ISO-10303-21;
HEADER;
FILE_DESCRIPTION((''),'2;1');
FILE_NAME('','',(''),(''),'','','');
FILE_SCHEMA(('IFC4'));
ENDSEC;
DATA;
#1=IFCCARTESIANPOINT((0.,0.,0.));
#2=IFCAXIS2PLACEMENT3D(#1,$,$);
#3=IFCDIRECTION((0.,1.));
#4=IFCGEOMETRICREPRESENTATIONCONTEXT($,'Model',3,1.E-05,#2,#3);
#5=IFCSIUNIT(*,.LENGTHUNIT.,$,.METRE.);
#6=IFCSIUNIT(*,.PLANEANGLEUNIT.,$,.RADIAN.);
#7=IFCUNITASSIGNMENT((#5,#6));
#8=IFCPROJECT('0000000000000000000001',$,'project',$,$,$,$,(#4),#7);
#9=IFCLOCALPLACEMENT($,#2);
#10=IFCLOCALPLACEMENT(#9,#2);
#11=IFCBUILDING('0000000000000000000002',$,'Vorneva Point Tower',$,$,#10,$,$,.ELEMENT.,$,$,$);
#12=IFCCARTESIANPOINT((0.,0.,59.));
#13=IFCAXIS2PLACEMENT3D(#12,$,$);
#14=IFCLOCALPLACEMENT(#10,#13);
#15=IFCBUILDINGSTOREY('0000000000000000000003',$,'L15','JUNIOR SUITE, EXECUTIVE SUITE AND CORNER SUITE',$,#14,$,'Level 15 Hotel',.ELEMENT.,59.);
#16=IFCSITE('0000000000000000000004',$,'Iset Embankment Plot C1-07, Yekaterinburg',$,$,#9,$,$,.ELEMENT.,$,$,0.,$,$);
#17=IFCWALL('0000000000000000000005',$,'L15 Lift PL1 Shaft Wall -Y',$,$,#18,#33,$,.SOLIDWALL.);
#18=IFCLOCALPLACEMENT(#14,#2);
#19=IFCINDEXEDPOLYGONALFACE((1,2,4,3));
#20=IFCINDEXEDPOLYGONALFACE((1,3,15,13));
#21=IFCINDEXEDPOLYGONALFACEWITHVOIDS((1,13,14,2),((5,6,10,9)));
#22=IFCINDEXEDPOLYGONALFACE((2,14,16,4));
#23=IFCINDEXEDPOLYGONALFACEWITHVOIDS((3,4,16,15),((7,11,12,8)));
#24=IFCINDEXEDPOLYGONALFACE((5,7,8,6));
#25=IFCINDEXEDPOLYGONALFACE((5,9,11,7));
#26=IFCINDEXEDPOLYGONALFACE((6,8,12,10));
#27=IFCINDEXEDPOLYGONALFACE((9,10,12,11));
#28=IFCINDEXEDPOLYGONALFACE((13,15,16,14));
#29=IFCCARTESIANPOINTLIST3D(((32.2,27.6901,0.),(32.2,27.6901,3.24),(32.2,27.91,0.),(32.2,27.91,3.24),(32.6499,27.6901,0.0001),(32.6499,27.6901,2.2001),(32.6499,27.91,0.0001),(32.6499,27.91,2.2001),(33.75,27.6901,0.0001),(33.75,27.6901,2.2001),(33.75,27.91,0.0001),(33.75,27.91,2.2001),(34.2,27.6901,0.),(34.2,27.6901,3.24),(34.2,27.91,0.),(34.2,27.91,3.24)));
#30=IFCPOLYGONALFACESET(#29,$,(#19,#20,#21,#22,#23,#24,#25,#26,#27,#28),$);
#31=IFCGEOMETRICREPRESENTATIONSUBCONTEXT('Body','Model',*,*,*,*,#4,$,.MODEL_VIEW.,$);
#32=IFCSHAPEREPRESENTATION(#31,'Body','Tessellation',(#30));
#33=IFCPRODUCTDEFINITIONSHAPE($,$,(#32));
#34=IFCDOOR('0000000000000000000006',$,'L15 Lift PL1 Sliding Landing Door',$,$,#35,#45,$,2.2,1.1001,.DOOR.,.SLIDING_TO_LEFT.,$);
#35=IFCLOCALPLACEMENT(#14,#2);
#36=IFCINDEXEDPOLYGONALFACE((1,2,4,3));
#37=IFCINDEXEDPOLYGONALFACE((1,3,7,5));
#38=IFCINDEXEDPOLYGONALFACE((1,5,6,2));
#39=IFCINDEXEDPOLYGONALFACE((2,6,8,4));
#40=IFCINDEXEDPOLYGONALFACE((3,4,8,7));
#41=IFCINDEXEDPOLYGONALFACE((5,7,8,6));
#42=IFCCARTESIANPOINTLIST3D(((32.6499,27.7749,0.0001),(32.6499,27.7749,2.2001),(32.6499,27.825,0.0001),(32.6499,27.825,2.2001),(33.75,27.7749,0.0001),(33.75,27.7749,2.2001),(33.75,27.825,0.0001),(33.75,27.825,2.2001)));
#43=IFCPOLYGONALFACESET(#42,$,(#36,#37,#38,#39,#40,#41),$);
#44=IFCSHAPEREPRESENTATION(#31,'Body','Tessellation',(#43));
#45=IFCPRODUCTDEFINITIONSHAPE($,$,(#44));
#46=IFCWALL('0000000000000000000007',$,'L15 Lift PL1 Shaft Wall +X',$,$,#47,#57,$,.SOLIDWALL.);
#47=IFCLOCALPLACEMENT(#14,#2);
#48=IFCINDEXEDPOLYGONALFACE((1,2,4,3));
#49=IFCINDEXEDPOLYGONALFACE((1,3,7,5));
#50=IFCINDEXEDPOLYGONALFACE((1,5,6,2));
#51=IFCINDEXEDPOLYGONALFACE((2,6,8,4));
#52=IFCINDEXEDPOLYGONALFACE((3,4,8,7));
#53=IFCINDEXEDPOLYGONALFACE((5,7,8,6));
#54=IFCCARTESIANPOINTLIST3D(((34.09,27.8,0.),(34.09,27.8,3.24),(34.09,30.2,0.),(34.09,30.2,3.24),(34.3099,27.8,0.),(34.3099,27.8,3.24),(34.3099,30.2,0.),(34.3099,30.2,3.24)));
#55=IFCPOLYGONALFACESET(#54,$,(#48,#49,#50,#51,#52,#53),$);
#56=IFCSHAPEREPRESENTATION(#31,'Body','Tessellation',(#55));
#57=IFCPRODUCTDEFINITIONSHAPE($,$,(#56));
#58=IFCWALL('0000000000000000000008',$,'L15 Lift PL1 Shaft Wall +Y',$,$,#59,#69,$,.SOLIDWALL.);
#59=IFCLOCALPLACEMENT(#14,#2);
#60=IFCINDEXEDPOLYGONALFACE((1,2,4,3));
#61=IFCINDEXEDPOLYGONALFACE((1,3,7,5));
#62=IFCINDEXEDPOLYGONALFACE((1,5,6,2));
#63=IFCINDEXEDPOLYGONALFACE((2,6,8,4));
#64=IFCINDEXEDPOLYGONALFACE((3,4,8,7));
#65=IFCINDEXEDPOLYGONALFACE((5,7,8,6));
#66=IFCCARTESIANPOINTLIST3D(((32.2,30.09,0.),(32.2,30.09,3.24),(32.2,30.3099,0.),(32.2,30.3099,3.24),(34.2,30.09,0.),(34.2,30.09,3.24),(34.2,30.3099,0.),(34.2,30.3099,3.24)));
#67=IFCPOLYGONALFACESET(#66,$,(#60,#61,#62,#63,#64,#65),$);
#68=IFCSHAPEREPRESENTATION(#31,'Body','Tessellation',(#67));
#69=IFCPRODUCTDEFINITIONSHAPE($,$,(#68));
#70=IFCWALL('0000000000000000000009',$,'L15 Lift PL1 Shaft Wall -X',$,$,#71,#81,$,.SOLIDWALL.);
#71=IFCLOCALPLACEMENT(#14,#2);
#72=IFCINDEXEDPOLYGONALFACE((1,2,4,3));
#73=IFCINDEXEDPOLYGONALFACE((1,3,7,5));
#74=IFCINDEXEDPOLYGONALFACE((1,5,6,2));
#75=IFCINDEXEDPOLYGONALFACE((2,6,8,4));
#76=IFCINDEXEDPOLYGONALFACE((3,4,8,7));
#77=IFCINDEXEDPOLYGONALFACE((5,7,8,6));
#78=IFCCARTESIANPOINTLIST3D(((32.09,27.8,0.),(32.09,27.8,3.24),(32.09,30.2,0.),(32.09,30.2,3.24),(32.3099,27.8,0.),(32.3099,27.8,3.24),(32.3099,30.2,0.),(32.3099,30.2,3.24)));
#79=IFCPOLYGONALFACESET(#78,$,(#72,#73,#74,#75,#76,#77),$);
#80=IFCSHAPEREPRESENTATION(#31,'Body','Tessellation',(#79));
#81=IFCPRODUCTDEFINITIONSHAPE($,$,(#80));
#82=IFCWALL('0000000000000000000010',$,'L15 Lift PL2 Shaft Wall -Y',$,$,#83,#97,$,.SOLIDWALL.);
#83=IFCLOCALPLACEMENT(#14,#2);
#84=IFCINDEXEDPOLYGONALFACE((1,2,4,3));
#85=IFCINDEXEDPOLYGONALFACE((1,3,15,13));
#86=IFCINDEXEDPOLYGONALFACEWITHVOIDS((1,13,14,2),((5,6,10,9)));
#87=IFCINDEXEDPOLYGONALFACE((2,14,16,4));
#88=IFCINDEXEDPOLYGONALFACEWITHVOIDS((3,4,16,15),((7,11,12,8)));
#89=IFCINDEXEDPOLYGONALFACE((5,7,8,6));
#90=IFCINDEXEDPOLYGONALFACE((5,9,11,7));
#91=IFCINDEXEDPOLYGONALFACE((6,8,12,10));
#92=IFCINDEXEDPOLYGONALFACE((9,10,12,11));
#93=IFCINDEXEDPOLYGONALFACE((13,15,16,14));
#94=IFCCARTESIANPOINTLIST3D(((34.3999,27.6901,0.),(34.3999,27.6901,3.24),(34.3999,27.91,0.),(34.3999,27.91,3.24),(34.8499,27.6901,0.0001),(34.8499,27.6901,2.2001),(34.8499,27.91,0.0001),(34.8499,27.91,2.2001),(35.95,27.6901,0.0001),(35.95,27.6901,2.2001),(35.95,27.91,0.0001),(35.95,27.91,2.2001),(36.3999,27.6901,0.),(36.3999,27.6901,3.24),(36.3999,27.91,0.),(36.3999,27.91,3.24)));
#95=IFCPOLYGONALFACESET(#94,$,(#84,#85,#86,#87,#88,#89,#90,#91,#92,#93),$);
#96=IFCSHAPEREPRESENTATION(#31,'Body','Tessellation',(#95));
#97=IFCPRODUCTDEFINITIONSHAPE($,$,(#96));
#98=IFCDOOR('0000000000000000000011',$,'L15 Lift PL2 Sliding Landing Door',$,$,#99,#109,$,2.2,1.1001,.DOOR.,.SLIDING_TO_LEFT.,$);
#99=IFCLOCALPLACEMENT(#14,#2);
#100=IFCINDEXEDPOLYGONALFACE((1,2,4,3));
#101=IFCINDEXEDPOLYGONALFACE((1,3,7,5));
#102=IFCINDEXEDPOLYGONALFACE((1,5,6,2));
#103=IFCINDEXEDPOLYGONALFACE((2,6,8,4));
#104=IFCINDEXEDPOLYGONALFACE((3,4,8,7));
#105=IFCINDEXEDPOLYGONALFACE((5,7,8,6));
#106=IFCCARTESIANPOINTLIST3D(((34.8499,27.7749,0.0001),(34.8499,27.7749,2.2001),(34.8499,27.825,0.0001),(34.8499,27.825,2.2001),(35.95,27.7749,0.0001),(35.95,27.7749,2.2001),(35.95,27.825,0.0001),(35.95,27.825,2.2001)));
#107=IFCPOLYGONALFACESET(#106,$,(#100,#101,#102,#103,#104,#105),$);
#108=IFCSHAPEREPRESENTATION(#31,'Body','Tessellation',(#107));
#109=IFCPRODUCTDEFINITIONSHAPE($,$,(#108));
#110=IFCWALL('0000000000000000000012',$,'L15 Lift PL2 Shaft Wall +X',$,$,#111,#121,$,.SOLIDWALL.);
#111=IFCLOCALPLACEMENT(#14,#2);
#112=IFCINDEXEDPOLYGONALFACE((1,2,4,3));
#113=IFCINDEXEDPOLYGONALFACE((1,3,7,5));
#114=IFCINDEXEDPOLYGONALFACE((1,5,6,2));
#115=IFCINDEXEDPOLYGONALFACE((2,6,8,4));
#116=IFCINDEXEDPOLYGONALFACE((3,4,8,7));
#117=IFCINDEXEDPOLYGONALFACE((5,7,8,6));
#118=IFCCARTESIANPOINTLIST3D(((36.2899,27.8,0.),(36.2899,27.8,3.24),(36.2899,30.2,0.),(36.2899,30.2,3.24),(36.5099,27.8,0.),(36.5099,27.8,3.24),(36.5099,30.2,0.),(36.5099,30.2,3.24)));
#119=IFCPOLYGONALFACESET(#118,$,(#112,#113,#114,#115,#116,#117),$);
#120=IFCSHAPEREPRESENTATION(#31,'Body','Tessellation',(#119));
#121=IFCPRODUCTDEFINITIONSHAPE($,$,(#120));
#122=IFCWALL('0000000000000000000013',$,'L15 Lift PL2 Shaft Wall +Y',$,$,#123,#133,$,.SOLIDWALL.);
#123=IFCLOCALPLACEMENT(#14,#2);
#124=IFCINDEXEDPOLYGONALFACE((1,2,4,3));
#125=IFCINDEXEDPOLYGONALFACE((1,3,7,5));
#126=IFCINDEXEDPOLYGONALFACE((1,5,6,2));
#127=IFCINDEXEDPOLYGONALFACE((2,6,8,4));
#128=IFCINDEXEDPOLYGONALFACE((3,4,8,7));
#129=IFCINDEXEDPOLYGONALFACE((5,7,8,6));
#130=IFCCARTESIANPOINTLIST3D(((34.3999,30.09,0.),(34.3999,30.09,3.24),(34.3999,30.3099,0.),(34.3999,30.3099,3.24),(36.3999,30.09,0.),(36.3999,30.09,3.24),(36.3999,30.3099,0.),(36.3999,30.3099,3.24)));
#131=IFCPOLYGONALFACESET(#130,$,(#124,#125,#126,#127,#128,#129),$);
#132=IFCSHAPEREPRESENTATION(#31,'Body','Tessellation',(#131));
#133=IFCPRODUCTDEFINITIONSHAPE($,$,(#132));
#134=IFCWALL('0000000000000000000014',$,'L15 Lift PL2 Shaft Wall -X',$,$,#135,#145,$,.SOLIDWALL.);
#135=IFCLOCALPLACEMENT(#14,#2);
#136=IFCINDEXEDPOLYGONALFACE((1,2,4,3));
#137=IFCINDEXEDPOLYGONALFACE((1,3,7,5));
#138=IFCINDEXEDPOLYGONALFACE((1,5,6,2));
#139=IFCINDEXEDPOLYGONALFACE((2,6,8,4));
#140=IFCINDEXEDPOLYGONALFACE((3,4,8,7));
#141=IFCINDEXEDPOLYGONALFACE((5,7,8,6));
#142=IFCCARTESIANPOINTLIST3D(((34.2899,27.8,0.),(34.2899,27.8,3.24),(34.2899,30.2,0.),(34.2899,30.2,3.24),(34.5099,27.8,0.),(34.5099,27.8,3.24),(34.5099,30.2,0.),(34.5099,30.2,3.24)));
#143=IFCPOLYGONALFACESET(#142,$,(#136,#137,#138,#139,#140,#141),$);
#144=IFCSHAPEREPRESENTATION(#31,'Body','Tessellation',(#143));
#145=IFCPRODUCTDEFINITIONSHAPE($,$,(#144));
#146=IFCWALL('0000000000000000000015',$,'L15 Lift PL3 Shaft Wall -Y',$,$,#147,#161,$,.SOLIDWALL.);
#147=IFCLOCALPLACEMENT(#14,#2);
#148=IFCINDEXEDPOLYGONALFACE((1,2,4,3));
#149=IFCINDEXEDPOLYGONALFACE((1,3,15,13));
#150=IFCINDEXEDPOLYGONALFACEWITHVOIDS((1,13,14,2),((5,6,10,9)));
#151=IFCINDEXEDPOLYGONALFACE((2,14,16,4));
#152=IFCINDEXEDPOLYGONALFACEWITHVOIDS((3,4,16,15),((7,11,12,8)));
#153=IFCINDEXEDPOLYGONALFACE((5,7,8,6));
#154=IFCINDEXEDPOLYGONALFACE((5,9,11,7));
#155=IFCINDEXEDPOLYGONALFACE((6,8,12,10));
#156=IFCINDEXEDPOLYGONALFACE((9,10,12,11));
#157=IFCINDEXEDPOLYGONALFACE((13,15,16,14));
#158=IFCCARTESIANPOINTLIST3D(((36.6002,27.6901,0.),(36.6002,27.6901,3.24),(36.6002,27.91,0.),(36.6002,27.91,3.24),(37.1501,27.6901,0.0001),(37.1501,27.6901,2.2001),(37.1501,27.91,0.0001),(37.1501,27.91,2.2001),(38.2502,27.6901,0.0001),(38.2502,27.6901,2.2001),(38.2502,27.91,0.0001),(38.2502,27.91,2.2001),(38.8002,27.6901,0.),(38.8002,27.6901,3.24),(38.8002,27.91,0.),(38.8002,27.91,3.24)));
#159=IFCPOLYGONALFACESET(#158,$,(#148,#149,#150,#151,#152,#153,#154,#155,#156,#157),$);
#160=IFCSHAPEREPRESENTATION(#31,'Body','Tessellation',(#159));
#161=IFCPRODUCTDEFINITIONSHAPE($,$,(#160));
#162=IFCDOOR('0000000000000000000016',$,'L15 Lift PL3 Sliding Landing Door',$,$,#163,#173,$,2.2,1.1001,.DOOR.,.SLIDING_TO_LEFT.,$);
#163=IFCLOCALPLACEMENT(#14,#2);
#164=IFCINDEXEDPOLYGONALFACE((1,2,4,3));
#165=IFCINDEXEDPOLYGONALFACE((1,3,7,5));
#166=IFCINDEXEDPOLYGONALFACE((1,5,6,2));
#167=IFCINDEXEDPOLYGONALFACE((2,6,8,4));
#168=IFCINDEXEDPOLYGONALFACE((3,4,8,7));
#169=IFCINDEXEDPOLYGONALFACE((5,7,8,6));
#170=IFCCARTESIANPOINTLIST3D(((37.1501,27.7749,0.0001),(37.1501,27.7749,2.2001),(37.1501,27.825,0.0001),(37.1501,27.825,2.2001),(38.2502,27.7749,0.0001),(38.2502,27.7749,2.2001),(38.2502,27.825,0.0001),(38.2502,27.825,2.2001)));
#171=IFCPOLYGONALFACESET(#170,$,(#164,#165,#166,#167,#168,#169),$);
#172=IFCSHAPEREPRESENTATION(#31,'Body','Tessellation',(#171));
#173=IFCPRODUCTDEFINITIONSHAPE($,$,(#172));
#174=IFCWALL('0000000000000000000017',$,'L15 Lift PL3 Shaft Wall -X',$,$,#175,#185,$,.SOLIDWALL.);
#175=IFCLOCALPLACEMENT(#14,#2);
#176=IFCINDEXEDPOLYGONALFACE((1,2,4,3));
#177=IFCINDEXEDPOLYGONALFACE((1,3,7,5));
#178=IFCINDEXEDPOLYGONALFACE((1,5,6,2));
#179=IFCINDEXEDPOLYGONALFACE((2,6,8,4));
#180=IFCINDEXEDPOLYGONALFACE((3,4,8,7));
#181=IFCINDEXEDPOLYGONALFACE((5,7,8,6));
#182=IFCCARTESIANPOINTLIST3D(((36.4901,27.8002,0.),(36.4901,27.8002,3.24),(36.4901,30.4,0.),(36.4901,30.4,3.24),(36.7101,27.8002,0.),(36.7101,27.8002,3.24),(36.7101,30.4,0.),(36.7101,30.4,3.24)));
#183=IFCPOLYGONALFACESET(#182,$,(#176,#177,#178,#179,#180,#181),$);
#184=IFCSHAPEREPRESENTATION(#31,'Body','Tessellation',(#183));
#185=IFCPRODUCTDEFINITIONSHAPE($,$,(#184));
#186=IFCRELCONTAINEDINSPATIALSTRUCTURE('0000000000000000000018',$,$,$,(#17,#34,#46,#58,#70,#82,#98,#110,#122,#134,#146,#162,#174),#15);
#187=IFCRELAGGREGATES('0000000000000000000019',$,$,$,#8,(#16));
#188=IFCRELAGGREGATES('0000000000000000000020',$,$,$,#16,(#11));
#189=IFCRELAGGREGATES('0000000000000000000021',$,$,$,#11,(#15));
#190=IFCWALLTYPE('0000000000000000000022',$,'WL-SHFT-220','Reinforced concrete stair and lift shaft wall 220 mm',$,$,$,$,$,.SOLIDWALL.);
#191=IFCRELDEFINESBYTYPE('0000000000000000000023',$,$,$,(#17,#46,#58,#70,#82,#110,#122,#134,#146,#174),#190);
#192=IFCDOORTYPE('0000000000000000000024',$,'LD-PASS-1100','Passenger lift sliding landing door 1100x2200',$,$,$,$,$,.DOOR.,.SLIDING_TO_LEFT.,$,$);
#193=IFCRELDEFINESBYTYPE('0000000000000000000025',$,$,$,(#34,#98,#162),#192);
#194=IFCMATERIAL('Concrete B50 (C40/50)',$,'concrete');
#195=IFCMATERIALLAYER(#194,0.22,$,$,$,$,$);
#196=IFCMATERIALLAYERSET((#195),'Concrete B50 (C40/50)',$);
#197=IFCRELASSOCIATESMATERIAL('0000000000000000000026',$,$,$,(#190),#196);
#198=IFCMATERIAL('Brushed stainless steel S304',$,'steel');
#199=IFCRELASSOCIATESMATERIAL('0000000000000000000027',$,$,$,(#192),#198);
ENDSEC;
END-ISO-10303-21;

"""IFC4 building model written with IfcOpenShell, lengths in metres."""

from ifc_helpers import new_model, si_unit, direction, frame, frame_2d, origin, place, context, subcontext, project, spatial, rectangle, extrude, material, layer, layer_set, type_object, element, fill, save


model = new_model("IFC4")

# Units and contexts
model_context = context("Model", 3, precision=1e-05, world=origin(), true_north=direction((0.0, 1.0)))
body_context = subcontext(model_context, "Body", "Model", "MODEL_VIEW")
ifc_project = project(units=[si_unit("LENGTHUNIT", "METRE"), si_unit("PLANEANGLEUNIT", "RADIAN")], contexts=[model_context])

# Site, building, storey
site_placement = place(None, origin())
site = spatial("IfcSite", under=ifc_project, at=site_placement, Name="Iset Embankment Plot C1-07, Yekaterinburg", CompositionType="ELEMENT", RefElevation=0.0)
building_placement = place(site_placement, origin())
building = spatial("IfcBuilding", under=site, at=building_placement, Name="Vorneva Point Tower", CompositionType="ELEMENT")
storey_placement = place(building_placement, frame((0.0, 0.0, 59.0)))
storey = spatial("IfcBuildingStorey", under=building, at=storey_placement, Name="L15", Description="JUNIOR SUITE, EXECUTIVE SUITE AND CORNER SUITE", LongName="Level 15 Hotel", CompositionType="ELEMENT", Elevation=59.0)

# Shared definitions
ifc_material_1 = material(Name="Brushed stainless steel S304", Category="steel")

# Wall, opening, door
ifc_material_2 = material(Name="Concrete B50 (C40/50)", Category="concrete")
ifc_layer_1 = layer(ifc_material_2, 0.22)
ifc_layer_set_1 = layer_set([ifc_layer_1], Name="Concrete B50 (C40/50)")
wall_type_1 = type_object("IfcWallType", Name="WL-SHFT-220", Description="Reinforced concrete stair and lift shaft wall 220 mm", PredefinedType="SOLIDWALL", material=ifc_layer_set_1)
wall_1_placement = place(storey_placement, frame((32.2, 27.8, 0.0), z_axis=(0.0, 0.0, 1.0), x_axis=(1.0, 0.0, 0.0)))
wall_1 = element("IfcWall", 1, at=wall_1_placement, inside=storey, type_object=wall_type_1, Name="L15 Lift PL1 Shaft Wall -Y", PredefinedType="SOLIDWALL", context=body_context, shape_type="SweptSolid", body=[
    extrude(rectangle(XDim=2.0, YDim=0.22, at=frame_2d((1.0, 0.0))), origin(), (0.0, 0.0, 1.0), 3.24),
])
opening_1_placement = place(wall_1_placement, frame((0.45, 0.0, 0.0)))
opening_1 = element("IfcOpeningElement", 2, at=opening_1_placement, cuts=wall_1, PredefinedType="OPENING", context=body_context, shape_type="SweptSolid", body=[
    extrude(rectangle(XDim=1.1001, YDim=2.2, at=frame_2d((0.55, 1.1001))), frame((0.0, 0.125, 0.0), z_axis=(0.0, -1.0, 0.0), x_axis=(1.0, 0.0, 0.0)), (0.0, 0.0, 1.0), 0.2498),
])
door_type_1 = type_object("IfcDoorType", Name="LD-PASS-1100", Description="Passenger lift sliding landing door 1100x2200", OperationType="SLIDING_TO_LEFT", PredefinedType="DOOR", material=ifc_material_1)
door_1_placement = place(opening_1_placement, origin())
door_1 = element("IfcDoor", 3, at=door_1_placement, inside=storey, type_object=door_type_1, Name="L15 Lift PL1 Sliding Landing Door", OperationType="SLIDING_TO_LEFT", OverallHeight=2.2, OverallWidth=1.1001, PredefinedType="DOOR", context=body_context, shape_type="SweptSolid", body=[
    extrude(rectangle(XDim=1.1001, YDim=2.2, at=frame_2d((0.55, 1.1001))), frame((0.0, 0.0249, 0.0), z_axis=(0.0, -1.0, 0.0), x_axis=(1.0, 0.0, 0.0)), (0.0, 0.0, 1.0), 0.05),
])
fill(opening_1, door_1)

# Walls
wall_2_placement = place(storey_placement, frame((34.2, 27.8, 0.0), z_axis=(0.0, 0.0, 1.0), x_axis=(0.0, 1.0, 0.0)))
element("IfcWall", 4, at=wall_2_placement, inside=storey, type_object=wall_type_1, Name="L15 Lift PL1 Shaft Wall +X", PredefinedType="SOLIDWALL", context=body_context, shape_type="SweptSolid", body=[
    extrude(rectangle(XDim=2.3999, YDim=0.22, at=frame_2d((1.2, 0.0))), origin(), (0.0, 0.0, 1.0), 3.24),
])
wall_3_placement = place(storey_placement, frame((34.2, 30.2, 0.0), z_axis=(0.0, 0.0, 1.0), x_axis=(-1.0, 0.0, 0.0)))
element("IfcWall", 5, at=wall_3_placement, inside=storey, type_object=wall_type_1, Name="L15 Lift PL1 Shaft Wall +Y", PredefinedType="SOLIDWALL", context=body_context, shape_type="SweptSolid", body=[
    extrude(rectangle(XDim=2.0, YDim=0.22, at=frame_2d((1.0, 0.0))), origin(), (0.0, 0.0, 1.0), 3.24),
])
wall_4_placement = place(storey_placement, frame((32.2, 30.2, 0.0), z_axis=(0.0, 0.0, 1.0), x_axis=(0.0, -1.0, 0.0)))
element("IfcWall", 6, at=wall_4_placement, inside=storey, type_object=wall_type_1, Name="L15 Lift PL1 Shaft Wall -X", PredefinedType="SOLIDWALL", context=body_context, shape_type="SweptSolid", body=[
    extrude(rectangle(XDim=2.3999, YDim=0.22, at=frame_2d((1.2, 0.0))), origin(), (0.0, 0.0, 1.0), 3.24),
])

# Wall, opening, door
wall_5_placement = place(storey_placement, frame((34.3999, 27.8, 0.0), z_axis=(0.0, 0.0, 1.0), x_axis=(1.0, 0.0, 0.0)))
wall_5 = element("IfcWall", 7, at=wall_5_placement, inside=storey, type_object=wall_type_1, Name="L15 Lift PL2 Shaft Wall -Y", PredefinedType="SOLIDWALL", context=body_context, shape_type="SweptSolid", body=[
    extrude(rectangle(XDim=2.0, YDim=0.22, at=frame_2d((1.0, 0.0))), origin(), (0.0, 0.0, 1.0), 3.24),
])
opening_2_placement = place(wall_5_placement, frame((0.45, 0.0, 0.0)))
opening_2 = element("IfcOpeningElement", 8, at=opening_2_placement, cuts=wall_5, PredefinedType="OPENING", context=body_context, shape_type="SweptSolid", body=[
    extrude(rectangle(XDim=1.1001, YDim=2.2, at=frame_2d((0.55, 1.1001))), frame((0.0, 0.125, 0.0), z_axis=(0.0, -1.0, 0.0), x_axis=(1.0, 0.0, 0.0)), (0.0, 0.0, 1.0), 0.2498),
])
door_2_placement = place(opening_2_placement, origin())
door_2 = element("IfcDoor", 9, at=door_2_placement, inside=storey, type_object=door_type_1, Name="L15 Lift PL2 Sliding Landing Door", OperationType="SLIDING_TO_LEFT", OverallHeight=2.2, OverallWidth=1.1001, PredefinedType="DOOR", context=body_context, shape_type="SweptSolid", body=[
    extrude(rectangle(XDim=1.1001, YDim=2.2, at=frame_2d((0.55, 1.1001))), frame((0.0, 0.0249, 0.0), z_axis=(0.0, -1.0, 0.0), x_axis=(1.0, 0.0, 0.0)), (0.0, 0.0, 1.0), 0.05),
])
fill(opening_2, door_2)

# Walls
wall_6_placement = place(storey_placement, frame((36.3999, 27.8, 0.0), z_axis=(0.0, 0.0, 1.0), x_axis=(0.0, 1.0, 0.0)))
element("IfcWall", 10, at=wall_6_placement, inside=storey, type_object=wall_type_1, Name="L15 Lift PL2 Shaft Wall +X", PredefinedType="SOLIDWALL", context=body_context, shape_type="SweptSolid", body=[
    extrude(rectangle(XDim=2.3999, YDim=0.22, at=frame_2d((1.2, 0.0))), origin(), (0.0, 0.0, 1.0), 3.24),
])
wall_7_placement = place(storey_placement, frame((36.3999, 30.2, 0.0), z_axis=(0.0, 0.0, 1.0), x_axis=(-1.0, 0.0, 0.0)))
element("IfcWall", 11, at=wall_7_placement, inside=storey, type_object=wall_type_1, Name="L15 Lift PL2 Shaft Wall +Y", PredefinedType="SOLIDWALL", context=body_context, shape_type="SweptSolid", body=[
    extrude(rectangle(XDim=2.0, YDim=0.22, at=frame_2d((1.0, 0.0))), origin(), (0.0, 0.0, 1.0), 3.24),
])
wall_8_placement = place(storey_placement, frame((34.3999, 30.2, 0.0), z_axis=(0.0, 0.0, 1.0), x_axis=(0.0, -1.0, 0.0)))
element("IfcWall", 12, at=wall_8_placement, inside=storey, type_object=wall_type_1, Name="L15 Lift PL2 Shaft Wall -X", PredefinedType="SOLIDWALL", context=body_context, shape_type="SweptSolid", body=[
    extrude(rectangle(XDim=2.3999, YDim=0.22, at=frame_2d((1.2, 0.0))), origin(), (0.0, 0.0, 1.0), 3.24),
])

# Wall, opening, door
wall_9_placement = place(storey_placement, frame((36.6001, 27.8, 0.0), z_axis=(0.0, 0.0, 1.0), x_axis=(1.0, 0.0, 0.0)))
wall_9 = element("IfcWall", 13, at=wall_9_placement, inside=storey, type_object=wall_type_1, Name="L15 Lift PL3 Shaft Wall -Y", PredefinedType="SOLIDWALL", context=body_context, shape_type="SweptSolid", body=[
    extrude(rectangle(XDim=2.2, YDim=0.22, at=frame_2d((1.1001, 0.0))), origin(), (0.0, 0.0, 1.0), 3.24),
])
opening_3_placement = place(wall_9_placement, frame((0.55, 0.0, 0.0)))
opening_3 = element("IfcOpeningElement", 14, at=opening_3_placement, cuts=wall_9, PredefinedType="OPENING", context=body_context, shape_type="SweptSolid", body=[
    extrude(rectangle(XDim=1.1001, YDim=2.2, at=frame_2d((0.55, 1.1001))), frame((0.0, 0.125, 0.0), z_axis=(0.0, -1.0, 0.0), x_axis=(1.0, 0.0, 0.0)), (0.0, 0.0, 1.0), 0.2498),
])
door_3_placement = place(opening_3_placement, origin())
door_3 = element("IfcDoor", 15, at=door_3_placement, inside=storey, type_object=door_type_1, Name="L15 Lift PL3 Sliding Landing Door", OperationType="SLIDING_TO_LEFT", OverallHeight=2.2, OverallWidth=1.1001, PredefinedType="DOOR", context=body_context, shape_type="SweptSolid", body=[
    extrude(rectangle(XDim=1.1001, YDim=2.2, at=frame_2d((0.55, 1.1001))), frame((0.0, 0.0249, 0.0), z_axis=(0.0, -1.0, 0.0), x_axis=(1.0, 0.0, 0.0)), (0.0, 0.0, 1.0), 0.05),
])
fill(opening_3, door_3)

# Wall
wall_10_placement = place(storey_placement, frame((36.6001, 30.3999, 0.0), z_axis=(0.0, 0.0, 1.0), x_axis=(0.0, -1.0, 0.0)))
element("IfcWall", 16, at=wall_10_placement, inside=storey, type_object=wall_type_1, Name="L15 Lift PL3 Shaft Wall -X", PredefinedType="SOLIDWALL", context=body_context, shape_type="SweptSolid", body=[
    extrude(rectangle(XDim=2.5999, YDim=0.22, at=frame_2d((1.2998, 0.0))), origin(), (0.0, 0.0, 1.0), 3.24),
])

save(model, "model.ifc")
